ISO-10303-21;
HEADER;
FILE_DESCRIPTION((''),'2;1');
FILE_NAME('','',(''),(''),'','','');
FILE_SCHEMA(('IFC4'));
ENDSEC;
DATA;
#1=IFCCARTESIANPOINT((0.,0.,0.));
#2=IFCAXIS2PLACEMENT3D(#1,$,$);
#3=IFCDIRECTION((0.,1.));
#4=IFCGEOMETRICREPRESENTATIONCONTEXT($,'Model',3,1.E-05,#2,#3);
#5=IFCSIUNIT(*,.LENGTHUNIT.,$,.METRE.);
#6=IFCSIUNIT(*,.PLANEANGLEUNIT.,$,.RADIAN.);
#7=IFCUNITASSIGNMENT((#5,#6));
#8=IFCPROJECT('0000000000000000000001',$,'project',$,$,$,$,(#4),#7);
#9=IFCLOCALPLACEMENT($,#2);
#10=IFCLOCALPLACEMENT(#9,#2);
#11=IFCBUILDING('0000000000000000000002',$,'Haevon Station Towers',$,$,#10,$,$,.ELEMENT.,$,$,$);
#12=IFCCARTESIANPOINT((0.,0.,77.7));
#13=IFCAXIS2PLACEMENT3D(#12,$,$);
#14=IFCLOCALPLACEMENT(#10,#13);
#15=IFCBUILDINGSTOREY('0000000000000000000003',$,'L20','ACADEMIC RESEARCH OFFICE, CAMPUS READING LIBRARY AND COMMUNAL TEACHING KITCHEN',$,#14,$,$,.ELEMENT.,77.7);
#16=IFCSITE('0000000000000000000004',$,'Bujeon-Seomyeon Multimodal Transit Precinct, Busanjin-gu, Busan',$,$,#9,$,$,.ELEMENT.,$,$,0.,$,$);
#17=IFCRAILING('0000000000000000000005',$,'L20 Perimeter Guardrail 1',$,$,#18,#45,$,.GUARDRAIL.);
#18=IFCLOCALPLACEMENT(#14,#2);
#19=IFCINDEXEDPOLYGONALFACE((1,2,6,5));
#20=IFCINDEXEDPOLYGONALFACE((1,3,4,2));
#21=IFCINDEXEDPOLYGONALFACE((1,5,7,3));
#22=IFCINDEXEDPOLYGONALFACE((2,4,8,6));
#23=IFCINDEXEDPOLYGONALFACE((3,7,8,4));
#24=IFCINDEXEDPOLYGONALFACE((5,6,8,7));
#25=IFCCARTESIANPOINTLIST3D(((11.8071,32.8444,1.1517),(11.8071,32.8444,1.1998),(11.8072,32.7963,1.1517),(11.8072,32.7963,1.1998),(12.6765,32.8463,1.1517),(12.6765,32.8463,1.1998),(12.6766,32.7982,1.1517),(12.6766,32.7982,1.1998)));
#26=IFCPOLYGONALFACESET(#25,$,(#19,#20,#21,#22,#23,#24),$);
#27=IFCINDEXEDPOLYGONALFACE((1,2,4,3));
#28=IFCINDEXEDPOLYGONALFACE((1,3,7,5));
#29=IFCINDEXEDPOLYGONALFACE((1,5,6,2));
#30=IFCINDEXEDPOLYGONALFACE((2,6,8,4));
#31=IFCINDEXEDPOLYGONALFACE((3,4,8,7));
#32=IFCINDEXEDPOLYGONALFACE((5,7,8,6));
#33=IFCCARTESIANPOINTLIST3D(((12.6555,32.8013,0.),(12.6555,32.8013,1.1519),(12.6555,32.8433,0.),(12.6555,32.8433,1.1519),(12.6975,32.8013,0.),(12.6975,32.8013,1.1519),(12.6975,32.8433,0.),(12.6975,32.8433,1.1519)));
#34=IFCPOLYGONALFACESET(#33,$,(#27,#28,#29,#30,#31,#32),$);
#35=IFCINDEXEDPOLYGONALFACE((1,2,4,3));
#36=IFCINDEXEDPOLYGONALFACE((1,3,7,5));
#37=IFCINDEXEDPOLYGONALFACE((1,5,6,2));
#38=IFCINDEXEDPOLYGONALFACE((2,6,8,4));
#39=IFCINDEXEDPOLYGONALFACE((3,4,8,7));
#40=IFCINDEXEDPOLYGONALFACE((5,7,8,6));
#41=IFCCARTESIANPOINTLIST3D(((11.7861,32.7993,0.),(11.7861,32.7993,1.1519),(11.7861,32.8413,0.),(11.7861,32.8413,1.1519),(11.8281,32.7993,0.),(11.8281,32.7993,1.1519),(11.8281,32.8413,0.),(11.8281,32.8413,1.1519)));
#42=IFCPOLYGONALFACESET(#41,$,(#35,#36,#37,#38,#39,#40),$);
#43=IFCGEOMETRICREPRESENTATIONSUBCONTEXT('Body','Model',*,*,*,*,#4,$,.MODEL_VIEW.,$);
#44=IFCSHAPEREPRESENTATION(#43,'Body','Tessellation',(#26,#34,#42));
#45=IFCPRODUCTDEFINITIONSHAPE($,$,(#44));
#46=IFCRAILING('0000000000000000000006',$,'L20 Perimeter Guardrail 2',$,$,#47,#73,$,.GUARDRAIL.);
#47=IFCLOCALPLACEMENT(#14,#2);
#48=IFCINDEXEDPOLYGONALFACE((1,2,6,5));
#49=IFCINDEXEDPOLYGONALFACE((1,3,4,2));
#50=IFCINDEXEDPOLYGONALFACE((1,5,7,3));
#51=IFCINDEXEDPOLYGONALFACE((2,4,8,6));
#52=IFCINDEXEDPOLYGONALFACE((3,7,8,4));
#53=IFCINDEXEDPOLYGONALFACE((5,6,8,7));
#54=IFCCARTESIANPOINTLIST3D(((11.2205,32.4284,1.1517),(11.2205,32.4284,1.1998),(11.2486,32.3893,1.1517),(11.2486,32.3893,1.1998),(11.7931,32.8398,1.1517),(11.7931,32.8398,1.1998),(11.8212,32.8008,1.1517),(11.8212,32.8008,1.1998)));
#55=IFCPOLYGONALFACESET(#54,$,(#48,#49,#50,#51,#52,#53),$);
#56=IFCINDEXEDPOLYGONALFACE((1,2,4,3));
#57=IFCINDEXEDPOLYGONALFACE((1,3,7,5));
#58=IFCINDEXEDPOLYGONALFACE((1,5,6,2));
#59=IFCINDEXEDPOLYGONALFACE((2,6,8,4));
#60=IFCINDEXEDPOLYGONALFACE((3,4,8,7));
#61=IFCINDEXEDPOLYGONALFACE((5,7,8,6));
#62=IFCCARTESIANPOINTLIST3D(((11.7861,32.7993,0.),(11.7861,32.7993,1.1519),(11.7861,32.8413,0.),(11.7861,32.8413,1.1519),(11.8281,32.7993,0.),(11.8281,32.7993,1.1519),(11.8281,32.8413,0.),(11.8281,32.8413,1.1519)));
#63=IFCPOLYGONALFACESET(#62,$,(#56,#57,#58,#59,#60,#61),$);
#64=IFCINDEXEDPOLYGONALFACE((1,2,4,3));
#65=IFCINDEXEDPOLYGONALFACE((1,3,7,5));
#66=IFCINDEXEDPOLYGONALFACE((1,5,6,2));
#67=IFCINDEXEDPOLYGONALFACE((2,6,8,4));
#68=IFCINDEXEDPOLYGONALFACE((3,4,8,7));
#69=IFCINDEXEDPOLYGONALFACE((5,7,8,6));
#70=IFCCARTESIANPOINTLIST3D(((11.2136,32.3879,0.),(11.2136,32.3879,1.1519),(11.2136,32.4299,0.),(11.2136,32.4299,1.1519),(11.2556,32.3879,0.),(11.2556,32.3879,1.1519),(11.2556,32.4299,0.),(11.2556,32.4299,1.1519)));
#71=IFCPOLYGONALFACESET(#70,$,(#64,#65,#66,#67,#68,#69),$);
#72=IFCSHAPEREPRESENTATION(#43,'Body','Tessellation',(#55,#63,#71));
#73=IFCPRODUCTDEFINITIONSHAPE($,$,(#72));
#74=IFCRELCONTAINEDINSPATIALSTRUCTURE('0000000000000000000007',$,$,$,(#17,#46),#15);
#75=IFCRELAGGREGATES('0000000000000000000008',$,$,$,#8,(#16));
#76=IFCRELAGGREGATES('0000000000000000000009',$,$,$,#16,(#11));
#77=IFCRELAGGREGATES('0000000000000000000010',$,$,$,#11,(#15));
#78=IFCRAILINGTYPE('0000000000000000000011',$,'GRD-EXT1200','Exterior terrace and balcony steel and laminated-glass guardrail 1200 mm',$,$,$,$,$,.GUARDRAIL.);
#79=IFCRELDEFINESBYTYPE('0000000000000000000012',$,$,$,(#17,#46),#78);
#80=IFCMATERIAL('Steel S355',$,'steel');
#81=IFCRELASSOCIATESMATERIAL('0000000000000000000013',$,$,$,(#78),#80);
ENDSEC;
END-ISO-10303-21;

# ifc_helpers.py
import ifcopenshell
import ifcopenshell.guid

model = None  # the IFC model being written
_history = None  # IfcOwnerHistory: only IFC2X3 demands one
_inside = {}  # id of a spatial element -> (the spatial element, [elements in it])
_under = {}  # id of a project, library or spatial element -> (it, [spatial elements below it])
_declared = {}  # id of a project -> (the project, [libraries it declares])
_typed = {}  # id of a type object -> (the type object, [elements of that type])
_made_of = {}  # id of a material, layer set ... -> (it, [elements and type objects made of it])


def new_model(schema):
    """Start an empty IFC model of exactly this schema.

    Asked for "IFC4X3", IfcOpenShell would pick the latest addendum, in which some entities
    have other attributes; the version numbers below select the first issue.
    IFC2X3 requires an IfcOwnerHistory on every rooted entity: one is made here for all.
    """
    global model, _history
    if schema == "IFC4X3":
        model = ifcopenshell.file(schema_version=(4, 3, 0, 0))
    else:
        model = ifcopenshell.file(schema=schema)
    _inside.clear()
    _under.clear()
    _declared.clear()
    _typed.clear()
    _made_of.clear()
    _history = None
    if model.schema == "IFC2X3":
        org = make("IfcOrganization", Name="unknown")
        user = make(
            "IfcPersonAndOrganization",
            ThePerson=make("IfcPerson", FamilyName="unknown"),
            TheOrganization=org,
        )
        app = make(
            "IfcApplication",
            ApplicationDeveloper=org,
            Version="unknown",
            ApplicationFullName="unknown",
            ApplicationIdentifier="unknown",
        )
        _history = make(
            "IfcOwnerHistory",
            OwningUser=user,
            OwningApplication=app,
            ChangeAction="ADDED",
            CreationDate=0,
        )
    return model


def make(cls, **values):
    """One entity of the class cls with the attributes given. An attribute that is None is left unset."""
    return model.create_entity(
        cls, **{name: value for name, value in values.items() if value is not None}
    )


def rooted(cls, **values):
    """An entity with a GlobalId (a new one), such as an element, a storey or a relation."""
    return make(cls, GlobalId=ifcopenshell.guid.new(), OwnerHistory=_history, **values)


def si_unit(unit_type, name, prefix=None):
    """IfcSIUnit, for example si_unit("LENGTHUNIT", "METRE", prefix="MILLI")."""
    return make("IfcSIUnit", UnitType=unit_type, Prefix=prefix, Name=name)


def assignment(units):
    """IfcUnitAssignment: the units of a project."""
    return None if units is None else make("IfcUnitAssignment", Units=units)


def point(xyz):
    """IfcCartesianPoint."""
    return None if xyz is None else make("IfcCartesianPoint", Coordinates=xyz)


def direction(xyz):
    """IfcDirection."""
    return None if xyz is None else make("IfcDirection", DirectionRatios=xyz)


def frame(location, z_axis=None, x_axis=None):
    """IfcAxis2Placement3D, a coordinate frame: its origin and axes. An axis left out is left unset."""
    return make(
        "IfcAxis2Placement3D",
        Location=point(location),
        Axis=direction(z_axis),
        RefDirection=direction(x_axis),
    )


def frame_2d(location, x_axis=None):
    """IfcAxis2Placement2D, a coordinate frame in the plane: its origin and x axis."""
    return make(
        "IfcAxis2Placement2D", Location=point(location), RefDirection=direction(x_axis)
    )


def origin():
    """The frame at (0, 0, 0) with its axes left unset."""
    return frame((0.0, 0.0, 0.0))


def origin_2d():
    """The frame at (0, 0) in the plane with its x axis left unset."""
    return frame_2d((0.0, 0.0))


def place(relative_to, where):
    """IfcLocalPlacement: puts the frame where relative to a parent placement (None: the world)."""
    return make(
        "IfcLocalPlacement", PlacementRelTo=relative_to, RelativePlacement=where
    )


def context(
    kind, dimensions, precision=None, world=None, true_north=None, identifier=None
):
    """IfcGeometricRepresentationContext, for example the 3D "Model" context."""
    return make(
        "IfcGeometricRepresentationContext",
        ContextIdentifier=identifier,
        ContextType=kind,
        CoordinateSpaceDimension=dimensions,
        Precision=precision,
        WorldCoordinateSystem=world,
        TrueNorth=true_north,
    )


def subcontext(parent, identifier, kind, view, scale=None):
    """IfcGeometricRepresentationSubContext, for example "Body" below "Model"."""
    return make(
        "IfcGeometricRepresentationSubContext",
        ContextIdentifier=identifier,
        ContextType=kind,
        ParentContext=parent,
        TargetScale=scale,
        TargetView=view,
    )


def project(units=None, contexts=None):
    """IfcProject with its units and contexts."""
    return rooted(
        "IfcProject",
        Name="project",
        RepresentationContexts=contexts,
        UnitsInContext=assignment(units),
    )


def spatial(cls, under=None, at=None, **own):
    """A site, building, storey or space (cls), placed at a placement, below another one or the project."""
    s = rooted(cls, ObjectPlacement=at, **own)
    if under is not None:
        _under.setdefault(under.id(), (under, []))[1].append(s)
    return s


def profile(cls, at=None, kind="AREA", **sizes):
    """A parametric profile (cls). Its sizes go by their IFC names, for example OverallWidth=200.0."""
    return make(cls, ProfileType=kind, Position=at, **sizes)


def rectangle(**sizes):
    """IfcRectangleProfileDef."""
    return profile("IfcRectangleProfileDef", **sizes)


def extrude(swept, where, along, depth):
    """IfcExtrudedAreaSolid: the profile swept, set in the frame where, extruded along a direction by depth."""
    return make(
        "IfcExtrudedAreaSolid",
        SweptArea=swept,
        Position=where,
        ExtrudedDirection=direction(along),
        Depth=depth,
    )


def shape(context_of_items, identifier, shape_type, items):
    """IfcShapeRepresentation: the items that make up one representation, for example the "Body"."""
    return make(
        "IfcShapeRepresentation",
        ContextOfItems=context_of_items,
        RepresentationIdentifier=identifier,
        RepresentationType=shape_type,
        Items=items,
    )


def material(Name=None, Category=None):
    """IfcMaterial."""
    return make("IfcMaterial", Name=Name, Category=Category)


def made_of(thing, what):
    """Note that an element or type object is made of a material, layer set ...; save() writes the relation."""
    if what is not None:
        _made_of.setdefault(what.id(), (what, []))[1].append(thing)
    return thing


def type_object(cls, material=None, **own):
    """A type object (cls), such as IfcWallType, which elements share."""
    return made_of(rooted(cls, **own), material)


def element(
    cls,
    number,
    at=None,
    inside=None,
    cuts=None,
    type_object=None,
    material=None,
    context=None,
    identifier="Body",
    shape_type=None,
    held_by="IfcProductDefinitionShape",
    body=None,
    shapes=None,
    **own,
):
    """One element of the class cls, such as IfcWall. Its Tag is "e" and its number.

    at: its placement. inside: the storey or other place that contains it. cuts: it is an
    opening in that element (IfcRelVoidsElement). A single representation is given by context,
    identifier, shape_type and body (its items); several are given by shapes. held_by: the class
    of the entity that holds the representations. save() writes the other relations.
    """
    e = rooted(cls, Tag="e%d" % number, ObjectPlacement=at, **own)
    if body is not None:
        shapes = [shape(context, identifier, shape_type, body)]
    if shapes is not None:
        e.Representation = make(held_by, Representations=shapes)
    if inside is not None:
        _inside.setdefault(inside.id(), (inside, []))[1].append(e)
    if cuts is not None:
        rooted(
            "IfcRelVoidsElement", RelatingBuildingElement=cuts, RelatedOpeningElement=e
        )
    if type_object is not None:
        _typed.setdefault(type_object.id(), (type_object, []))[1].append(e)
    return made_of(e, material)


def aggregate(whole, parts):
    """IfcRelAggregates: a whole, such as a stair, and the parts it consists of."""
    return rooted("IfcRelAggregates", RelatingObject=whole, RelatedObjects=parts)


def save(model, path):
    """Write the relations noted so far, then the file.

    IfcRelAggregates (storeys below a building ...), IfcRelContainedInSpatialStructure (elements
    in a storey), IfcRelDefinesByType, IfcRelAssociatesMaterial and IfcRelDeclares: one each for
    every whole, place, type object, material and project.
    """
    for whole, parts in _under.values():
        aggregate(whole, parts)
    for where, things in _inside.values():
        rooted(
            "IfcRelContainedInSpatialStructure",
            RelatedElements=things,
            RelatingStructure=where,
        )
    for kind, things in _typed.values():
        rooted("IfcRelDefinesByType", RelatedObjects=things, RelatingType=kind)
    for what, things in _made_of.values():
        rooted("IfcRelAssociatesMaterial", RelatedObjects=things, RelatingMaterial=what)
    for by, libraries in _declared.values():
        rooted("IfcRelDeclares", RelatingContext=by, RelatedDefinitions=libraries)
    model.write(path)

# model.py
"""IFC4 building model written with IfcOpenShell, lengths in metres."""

from ifc_helpers import new_model, si_unit, direction, frame, origin, origin_2d, place, context, subcontext, project, spatial, rectangle, extrude, material, type_object, element, save


model = new_model("IFC4")

# Units and contexts
model_context = context("Model", 3, precision=1e-05, world=origin(), true_north=direction((0.0, 1.0)))
body_context = subcontext(model_context, "Body", "Model", "MODEL_VIEW")
ifc_project = project(units=[si_unit("LENGTHUNIT", "METRE"), si_unit("PLANEANGLEUNIT", "RADIAN")], contexts=[model_context])

# Site, building, storey
site_placement = place(None, origin())
site = spatial("IfcSite", under=ifc_project, at=site_placement, Name="Bujeon-Seomyeon Multimodal Transit Precinct, Busanjin-gu, Busan", CompositionType="ELEMENT", RefElevation=0.0)
building_placement = place(site_placement, origin())
building = spatial("IfcBuilding", under=site, at=building_placement, Name="Haevon Station Towers", CompositionType="ELEMENT")
storey_placement = place(building_placement, frame((0.0, 0.0, 77.7)))
storey = spatial("IfcBuildingStorey", under=building, at=storey_placement, Name="L20", Description="ACADEMIC RESEARCH OFFICE, CAMPUS READING LIBRARY AND COMMUNAL TEACHING KITCHEN", CompositionType="ELEMENT", Elevation=77.7)

# Shared definitions
ifc_material_1 = material(Name="Steel S355", Category="steel")

# Railings
railing_type = type_object("IfcRailingType", Name="GRD-EXT1200", Description="Exterior terrace and balcony steel and laminated-glass guardrail 1200 mm", PredefinedType="GUARDRAIL", material=ifc_material_1)
railing_1_placement = place(storey_placement, frame((12.6765, 32.8223, 0.0)))
element("IfcRailing", 1, at=railing_1_placement, inside=storey, type_object=railing_type, Name="L20 Perimeter Guardrail 1", PredefinedType="GUARDRAIL", context=body_context, shape_type="SweptSolid", body=[
    extrude(rectangle(XDim=0.0481, YDim=0.0481, at=origin_2d()), frame((0.0, 0.0, 1.1758), z_axis=(-0.999997, -0.002247, 0.0), x_axis=(0.002247, -0.999997, 0.0)), (0.0, 0.0, 1.0), 0.8694),
    extrude(rectangle(XDim=0.042, YDim=0.042, at=origin_2d()), origin(), (0.0, 0.0, 1.0), 1.1519),
    extrude(rectangle(XDim=0.042, YDim=0.042, at=origin_2d()), frame((-0.8694, -0.002, 0.0)), (0.0, 0.0, 1.0), 1.1519),
])
railing_2_placement = place(storey_placement, frame((11.8071, 32.8203, 0.0)))
element("IfcRailing", 2, at=railing_2_placement, inside=storey, type_object=railing_type, Name="L20 Perimeter Guardrail 2", PredefinedType="GUARDRAIL", context=body_context, shape_type="SweptSolid", body=[
    extrude(rectangle(XDim=0.0481, YDim=0.0481, at=origin_2d()), frame((0.0, 0.0, 1.1758), z_axis=(-0.812092, -0.583529, 0.0), x_axis=(0.583529, -0.812092, 0.0)), (0.0, 0.0, 1.0), 0.7051),
    extrude(rectangle(XDim=0.042, YDim=0.042, at=origin_2d()), origin(), (0.0, 0.0, 1.0), 1.1519),
    extrude(rectangle(XDim=0.042, YDim=0.042, at=origin_2d()), frame((-0.5725, -0.4114, 0.0)), (0.0, 0.0, 1.0), 1.1519),
])

save(model, "model.ifc")
